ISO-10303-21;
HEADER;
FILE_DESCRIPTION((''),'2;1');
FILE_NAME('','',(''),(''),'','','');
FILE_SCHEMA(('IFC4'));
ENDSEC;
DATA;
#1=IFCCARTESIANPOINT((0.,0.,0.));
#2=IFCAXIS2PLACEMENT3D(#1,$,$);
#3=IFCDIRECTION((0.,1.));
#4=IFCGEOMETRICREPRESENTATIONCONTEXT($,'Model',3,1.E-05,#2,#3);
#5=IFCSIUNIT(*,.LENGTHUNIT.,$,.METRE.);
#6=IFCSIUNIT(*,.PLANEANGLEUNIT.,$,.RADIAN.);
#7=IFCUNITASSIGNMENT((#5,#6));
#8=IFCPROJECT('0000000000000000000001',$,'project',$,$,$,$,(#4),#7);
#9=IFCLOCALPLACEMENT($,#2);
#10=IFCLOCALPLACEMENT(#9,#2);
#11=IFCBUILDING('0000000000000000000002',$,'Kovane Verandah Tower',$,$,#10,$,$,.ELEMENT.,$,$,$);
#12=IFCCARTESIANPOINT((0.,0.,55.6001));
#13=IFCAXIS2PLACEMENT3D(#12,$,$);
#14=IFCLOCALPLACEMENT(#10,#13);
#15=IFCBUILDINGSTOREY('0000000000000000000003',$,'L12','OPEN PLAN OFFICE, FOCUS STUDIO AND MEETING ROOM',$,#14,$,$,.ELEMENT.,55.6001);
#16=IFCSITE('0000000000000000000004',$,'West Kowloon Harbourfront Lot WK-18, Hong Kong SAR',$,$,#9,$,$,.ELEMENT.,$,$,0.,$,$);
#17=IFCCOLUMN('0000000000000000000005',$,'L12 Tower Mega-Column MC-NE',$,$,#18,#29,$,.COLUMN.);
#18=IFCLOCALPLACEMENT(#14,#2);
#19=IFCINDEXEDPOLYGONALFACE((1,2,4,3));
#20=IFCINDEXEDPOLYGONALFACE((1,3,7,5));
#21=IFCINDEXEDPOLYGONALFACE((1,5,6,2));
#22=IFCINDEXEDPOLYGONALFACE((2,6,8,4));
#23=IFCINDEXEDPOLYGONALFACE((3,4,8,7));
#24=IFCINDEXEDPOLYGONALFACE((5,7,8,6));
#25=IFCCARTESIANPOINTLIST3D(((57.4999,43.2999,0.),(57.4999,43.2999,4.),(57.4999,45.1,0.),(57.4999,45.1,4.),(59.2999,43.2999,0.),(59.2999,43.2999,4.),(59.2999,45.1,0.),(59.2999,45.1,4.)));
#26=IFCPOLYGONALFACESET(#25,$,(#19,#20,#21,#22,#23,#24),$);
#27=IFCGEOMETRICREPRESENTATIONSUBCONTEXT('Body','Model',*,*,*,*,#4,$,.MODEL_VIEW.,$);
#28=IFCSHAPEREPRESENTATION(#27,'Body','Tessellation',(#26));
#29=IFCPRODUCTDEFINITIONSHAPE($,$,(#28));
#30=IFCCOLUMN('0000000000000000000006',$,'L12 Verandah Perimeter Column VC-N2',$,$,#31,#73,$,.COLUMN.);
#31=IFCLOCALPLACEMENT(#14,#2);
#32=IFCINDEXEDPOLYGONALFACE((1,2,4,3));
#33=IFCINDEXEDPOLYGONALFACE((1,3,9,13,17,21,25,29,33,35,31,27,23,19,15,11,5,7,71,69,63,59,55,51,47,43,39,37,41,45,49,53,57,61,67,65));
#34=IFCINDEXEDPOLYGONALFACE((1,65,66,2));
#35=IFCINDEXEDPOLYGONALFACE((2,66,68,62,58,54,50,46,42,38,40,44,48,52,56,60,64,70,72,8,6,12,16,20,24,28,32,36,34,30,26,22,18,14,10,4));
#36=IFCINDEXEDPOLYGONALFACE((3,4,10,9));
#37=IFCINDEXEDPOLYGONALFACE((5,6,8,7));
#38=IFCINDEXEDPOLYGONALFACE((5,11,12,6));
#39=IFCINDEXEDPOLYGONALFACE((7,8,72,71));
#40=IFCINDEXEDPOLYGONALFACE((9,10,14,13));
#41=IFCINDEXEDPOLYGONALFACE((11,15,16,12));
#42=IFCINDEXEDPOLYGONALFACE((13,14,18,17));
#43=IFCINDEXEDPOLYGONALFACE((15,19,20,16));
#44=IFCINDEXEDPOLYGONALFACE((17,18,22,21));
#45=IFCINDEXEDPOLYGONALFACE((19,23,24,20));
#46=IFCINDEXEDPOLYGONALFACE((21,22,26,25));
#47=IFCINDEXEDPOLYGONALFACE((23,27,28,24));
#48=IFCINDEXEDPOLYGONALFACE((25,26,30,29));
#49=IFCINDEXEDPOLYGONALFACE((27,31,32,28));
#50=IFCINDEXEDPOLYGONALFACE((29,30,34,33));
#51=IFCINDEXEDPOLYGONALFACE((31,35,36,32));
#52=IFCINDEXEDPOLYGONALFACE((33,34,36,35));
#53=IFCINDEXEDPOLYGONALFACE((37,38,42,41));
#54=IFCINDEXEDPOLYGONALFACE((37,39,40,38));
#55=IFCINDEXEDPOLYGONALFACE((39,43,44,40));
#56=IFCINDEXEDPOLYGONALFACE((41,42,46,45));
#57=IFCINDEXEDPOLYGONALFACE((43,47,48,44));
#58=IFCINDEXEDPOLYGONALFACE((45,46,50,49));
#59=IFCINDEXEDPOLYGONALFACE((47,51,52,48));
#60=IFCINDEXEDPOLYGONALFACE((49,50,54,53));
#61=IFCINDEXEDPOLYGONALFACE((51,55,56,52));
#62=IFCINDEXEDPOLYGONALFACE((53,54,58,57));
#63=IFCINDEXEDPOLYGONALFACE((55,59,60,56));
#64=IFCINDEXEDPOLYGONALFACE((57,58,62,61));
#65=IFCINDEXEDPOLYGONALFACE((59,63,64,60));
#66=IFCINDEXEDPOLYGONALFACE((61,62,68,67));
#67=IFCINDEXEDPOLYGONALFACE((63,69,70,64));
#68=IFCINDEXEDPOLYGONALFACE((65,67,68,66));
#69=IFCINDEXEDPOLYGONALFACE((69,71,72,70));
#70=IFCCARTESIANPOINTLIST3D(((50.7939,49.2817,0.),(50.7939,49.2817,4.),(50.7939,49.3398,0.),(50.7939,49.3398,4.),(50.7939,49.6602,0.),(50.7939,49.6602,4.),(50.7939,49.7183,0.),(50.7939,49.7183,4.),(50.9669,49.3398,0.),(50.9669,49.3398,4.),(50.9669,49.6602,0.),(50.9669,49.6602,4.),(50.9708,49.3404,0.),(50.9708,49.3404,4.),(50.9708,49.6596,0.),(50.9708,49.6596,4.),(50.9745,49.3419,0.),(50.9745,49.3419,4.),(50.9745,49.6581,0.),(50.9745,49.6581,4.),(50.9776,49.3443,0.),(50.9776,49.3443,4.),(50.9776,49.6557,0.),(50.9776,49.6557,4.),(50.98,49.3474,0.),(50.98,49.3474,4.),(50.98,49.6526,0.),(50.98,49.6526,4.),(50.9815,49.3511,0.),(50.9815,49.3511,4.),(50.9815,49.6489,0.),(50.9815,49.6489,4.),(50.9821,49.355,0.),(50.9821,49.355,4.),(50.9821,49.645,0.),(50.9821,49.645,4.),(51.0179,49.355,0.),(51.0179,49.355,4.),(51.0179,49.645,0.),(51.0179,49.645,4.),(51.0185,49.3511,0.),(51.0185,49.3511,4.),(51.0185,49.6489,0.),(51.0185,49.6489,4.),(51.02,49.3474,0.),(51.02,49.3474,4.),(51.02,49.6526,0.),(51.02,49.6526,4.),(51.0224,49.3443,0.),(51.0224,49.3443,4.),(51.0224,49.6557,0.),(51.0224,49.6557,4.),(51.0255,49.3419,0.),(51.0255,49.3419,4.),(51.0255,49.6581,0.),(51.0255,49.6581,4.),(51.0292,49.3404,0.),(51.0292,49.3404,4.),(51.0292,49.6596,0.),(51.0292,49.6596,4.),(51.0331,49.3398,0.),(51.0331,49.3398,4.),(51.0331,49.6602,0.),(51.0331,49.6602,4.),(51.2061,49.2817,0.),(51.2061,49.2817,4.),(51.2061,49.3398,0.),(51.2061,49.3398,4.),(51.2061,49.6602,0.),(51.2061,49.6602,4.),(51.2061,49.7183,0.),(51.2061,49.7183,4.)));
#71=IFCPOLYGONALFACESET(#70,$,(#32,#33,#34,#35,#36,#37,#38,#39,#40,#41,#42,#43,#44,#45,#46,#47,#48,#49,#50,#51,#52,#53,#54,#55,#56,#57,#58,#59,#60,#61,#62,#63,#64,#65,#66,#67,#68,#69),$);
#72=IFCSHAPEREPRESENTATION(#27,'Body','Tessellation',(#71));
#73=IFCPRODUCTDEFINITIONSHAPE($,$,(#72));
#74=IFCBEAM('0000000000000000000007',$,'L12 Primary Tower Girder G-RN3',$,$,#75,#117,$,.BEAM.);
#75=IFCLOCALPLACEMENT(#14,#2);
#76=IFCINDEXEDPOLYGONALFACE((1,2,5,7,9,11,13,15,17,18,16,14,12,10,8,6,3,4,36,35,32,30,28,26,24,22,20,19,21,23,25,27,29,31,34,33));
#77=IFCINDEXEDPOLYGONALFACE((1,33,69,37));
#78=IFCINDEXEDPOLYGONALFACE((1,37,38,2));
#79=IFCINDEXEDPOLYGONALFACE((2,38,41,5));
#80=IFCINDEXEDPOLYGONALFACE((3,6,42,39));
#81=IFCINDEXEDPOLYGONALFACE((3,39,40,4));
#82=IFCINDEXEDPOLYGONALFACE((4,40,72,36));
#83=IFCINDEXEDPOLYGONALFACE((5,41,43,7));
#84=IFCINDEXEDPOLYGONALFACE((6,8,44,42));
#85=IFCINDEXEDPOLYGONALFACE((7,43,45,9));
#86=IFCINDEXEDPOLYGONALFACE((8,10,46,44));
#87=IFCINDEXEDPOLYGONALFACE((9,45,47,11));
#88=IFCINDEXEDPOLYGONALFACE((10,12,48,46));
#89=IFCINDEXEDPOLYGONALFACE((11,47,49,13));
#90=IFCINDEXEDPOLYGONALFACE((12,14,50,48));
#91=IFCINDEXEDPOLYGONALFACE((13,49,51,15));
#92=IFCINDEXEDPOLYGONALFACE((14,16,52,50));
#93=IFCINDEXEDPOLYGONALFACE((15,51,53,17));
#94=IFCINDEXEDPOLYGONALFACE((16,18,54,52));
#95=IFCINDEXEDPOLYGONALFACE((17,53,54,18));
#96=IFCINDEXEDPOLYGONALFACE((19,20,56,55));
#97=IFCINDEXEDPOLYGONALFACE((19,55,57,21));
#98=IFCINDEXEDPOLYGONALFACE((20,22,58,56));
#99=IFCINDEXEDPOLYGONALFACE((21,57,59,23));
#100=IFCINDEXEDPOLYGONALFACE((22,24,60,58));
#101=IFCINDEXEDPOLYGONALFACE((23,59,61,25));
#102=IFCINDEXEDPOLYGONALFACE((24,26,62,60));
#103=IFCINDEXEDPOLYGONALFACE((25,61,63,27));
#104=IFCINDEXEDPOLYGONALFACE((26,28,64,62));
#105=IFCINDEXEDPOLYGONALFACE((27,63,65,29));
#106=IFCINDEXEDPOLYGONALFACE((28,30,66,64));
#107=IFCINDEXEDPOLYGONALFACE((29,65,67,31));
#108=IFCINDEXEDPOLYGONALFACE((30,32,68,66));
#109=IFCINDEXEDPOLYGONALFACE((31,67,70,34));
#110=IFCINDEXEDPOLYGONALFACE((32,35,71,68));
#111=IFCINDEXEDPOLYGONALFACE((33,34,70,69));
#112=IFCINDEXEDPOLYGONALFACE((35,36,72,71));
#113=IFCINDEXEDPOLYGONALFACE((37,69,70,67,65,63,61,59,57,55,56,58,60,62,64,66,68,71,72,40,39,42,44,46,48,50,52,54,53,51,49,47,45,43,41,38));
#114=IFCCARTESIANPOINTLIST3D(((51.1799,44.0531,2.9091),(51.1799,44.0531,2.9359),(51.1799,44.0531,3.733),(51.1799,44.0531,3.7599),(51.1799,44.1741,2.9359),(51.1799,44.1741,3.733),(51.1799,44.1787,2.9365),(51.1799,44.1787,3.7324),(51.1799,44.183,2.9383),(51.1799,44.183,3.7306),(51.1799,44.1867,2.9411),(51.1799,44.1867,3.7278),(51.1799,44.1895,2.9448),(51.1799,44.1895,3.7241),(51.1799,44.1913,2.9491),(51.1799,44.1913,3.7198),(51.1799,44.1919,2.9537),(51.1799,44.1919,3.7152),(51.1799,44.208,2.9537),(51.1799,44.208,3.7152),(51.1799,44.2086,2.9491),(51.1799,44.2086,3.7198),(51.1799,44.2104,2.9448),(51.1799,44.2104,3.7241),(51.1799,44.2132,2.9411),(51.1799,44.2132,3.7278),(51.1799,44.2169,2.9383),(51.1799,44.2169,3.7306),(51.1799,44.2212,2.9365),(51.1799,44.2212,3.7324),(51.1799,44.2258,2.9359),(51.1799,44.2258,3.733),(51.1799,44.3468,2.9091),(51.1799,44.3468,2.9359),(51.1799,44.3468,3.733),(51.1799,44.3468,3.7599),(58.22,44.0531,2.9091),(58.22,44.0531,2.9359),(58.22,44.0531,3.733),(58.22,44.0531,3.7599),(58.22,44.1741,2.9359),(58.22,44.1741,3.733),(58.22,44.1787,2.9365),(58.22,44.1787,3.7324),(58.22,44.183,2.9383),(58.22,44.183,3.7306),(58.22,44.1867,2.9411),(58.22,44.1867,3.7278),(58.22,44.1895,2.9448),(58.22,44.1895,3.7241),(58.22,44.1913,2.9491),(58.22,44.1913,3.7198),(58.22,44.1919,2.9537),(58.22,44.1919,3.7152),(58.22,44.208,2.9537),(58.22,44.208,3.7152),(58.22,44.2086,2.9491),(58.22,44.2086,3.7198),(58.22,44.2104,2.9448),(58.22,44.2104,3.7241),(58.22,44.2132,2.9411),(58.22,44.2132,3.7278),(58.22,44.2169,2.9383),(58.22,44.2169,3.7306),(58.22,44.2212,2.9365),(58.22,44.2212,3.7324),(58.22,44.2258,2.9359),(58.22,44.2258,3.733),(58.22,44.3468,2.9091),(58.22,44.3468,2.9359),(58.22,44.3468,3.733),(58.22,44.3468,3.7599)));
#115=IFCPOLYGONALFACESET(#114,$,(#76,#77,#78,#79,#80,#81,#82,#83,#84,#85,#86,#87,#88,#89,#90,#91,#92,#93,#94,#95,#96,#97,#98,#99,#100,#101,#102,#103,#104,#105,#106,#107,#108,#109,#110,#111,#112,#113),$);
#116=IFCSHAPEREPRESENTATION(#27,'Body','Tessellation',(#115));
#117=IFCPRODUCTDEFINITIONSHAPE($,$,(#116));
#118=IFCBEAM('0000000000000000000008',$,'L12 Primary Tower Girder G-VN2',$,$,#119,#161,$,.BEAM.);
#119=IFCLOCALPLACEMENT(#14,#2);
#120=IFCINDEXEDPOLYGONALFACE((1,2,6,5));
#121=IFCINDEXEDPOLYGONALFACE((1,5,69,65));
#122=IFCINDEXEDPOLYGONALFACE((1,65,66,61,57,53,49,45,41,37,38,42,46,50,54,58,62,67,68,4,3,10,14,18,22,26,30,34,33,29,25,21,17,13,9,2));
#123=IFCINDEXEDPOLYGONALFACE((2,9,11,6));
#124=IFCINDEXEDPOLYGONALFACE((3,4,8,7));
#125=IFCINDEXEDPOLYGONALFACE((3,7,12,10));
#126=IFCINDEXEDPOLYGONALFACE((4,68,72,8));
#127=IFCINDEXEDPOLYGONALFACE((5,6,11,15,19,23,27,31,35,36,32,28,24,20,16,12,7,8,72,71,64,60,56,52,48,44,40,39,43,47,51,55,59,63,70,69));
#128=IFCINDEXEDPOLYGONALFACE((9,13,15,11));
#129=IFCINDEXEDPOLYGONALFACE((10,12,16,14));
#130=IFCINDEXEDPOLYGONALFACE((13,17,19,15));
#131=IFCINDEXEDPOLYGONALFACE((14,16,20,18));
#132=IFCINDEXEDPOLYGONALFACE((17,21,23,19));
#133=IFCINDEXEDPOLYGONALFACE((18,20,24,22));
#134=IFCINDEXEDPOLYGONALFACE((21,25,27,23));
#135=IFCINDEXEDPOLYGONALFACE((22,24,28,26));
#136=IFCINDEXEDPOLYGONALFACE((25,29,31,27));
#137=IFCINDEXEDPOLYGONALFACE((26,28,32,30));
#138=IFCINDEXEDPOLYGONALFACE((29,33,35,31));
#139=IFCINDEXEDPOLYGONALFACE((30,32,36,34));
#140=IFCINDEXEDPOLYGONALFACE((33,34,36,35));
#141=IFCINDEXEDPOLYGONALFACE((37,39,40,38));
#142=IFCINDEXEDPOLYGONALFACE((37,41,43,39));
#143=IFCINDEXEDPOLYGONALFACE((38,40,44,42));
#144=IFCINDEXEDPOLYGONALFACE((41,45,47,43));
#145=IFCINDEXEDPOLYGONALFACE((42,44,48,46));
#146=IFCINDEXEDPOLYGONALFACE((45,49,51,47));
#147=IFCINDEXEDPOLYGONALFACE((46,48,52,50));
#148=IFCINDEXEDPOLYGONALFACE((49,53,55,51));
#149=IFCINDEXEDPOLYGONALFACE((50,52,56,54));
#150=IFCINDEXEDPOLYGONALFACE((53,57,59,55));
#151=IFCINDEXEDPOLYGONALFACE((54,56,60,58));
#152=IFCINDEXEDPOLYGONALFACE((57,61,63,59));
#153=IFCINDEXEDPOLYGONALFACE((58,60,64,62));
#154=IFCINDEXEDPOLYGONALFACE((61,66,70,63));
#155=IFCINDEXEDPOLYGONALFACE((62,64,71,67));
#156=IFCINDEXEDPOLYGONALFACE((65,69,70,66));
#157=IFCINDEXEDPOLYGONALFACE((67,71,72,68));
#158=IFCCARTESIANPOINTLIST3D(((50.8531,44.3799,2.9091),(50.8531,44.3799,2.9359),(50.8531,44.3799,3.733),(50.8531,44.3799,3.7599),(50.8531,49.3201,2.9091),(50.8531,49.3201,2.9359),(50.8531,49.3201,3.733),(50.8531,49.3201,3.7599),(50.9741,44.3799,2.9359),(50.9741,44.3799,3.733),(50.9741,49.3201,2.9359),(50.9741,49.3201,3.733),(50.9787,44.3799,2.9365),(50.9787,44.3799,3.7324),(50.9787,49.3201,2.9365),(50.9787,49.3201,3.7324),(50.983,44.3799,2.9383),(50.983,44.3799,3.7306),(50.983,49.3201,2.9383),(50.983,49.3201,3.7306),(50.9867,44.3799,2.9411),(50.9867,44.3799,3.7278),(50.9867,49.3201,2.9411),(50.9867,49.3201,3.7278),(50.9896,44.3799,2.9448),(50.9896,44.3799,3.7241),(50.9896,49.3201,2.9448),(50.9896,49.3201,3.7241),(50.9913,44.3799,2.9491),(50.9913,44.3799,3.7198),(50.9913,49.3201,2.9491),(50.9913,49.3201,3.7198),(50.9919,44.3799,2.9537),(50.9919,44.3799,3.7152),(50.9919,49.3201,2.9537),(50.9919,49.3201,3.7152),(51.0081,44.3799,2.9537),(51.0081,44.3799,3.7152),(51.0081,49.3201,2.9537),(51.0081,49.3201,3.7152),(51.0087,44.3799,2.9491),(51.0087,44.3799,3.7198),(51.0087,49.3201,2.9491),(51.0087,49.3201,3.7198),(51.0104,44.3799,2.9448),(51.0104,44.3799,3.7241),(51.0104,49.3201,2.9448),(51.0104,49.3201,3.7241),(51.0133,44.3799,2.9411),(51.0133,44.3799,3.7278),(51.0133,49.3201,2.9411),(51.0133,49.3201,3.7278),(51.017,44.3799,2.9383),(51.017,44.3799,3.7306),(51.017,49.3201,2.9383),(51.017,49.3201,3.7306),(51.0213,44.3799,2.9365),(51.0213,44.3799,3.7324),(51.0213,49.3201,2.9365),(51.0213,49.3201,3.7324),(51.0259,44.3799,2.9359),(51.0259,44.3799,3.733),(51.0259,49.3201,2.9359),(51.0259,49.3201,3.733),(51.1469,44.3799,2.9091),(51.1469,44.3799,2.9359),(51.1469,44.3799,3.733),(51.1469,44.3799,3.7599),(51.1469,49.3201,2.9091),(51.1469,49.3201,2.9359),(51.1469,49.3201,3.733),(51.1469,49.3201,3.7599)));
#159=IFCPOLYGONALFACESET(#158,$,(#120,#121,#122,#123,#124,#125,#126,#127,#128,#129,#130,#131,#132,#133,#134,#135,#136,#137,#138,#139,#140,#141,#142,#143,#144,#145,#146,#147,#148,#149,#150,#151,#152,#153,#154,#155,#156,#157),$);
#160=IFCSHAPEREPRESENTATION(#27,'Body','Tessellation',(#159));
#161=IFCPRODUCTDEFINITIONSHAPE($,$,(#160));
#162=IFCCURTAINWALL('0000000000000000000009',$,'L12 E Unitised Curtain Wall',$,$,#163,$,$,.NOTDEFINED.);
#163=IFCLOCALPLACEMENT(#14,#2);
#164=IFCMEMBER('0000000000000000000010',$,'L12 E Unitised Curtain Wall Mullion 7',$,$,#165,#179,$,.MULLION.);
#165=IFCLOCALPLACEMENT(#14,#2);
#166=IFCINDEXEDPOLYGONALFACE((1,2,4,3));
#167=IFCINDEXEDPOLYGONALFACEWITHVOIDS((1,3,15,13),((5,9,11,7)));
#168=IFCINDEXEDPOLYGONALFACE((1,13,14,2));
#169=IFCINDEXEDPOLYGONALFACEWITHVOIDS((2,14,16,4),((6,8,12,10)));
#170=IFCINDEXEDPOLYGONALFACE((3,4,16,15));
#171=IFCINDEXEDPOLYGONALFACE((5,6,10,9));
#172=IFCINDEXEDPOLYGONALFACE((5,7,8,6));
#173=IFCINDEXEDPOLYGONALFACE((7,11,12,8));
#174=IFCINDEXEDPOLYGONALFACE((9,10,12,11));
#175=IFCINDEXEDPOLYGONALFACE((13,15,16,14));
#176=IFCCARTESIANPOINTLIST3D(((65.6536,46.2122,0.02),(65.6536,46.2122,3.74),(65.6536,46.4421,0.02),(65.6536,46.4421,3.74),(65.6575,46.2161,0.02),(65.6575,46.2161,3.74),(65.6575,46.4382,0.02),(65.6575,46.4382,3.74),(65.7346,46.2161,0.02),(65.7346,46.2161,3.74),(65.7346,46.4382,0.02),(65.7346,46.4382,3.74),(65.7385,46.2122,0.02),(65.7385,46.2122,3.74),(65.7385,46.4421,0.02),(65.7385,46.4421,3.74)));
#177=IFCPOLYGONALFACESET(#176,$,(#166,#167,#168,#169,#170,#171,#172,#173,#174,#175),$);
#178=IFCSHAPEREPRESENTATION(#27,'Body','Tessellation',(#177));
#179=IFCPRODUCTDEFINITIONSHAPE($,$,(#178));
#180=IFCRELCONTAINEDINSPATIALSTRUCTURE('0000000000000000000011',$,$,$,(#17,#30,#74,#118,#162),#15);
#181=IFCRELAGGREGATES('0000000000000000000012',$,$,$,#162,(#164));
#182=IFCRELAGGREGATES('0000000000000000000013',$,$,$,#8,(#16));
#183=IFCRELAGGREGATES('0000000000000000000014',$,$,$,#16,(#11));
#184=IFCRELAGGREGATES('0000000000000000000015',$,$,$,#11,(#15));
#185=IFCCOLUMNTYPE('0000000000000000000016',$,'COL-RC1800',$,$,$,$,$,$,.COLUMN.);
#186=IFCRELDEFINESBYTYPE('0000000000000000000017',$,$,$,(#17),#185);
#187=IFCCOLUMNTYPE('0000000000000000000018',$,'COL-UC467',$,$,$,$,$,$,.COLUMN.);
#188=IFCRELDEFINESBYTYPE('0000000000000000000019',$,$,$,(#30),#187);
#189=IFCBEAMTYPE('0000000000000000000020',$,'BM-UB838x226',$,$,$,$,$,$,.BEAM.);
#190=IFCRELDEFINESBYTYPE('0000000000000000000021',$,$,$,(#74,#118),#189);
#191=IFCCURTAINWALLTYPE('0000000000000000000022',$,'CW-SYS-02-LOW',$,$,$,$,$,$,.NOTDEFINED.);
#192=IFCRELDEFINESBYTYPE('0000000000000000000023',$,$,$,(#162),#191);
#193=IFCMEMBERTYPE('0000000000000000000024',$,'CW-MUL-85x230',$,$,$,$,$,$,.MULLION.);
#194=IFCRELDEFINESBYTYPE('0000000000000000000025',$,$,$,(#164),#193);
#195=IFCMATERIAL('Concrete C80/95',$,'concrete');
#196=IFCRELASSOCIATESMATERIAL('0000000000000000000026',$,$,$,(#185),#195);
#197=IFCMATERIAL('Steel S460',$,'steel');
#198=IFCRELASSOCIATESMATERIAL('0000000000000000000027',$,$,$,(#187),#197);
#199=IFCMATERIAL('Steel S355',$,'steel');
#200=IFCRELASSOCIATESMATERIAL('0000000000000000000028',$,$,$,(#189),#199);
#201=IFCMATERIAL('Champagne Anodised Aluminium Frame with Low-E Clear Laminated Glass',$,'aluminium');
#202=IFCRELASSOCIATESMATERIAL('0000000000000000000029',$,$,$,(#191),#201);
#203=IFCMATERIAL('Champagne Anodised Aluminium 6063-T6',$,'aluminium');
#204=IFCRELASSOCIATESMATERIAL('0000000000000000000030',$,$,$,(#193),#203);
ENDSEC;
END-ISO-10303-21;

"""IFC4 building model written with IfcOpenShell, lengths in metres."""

from ifc_helpers import new_model, si_unit, direction, frame, origin, origin_2d, place, context, subcontext, project, spatial, rectangle, hollow_rectangle, i_section, extrude, material, material_profile, profile_set, type_object, element, aggregate, save


model = new_model("IFC4")

# Units and contexts
model_context = context("Model", 3, precision=1e-05, world=origin(), true_north=direction((0.0, 1.0)))
body_context = subcontext(model_context, "Body", "Model", "MODEL_VIEW")
ifc_project = project(units=[si_unit("LENGTHUNIT", "METRE"), si_unit("PLANEANGLEUNIT", "RADIAN")], contexts=[model_context])

# Site, building, storey
site_placement = place(None, origin())
site = spatial("IfcSite", under=ifc_project, at=site_placement, Name="West Kowloon Harbourfront Lot WK-18, Hong Kong SAR", CompositionType="ELEMENT", RefElevation=0.0)
building_placement = place(site_placement, origin())
building = spatial("IfcBuilding", under=site, at=building_placement, Name="Kovane Verandah Tower", CompositionType="ELEMENT")
storey_placement = place(building_placement, frame((0.0, 0.0, 55.6001)))
storey = spatial("IfcBuildingStorey", under=building, at=storey_placement, Name="L12", Description="OPEN PLAN OFFICE, FOCUS STUDIO AND MEETING ROOM", CompositionType="ELEMENT", Elevation=55.6001)

# Columns
ifc_material_1 = material(Name="Concrete C80/95", Category="concrete")
ifc_material_profile_1 = material_profile(ifc_material_1, rectangle(XDim=1.8, YDim=1.8, at=origin_2d()), Name="RC1800x1800")
ifc_profile_set_1 = profile_set([ifc_material_profile_1], Name="Concrete C80/95")
column_type_1 = type_object("IfcColumnType", Name="COL-RC1800", PredefinedType="COLUMN", material=ifc_profile_set_1)
column_1_placement = place(storey_placement, frame((58.3999, 44.2, 0.0), z_axis=(0.0, 0.0, 1.0), x_axis=(1.0, 0.0, 0.0)))
element("IfcColumn", 1, at=column_1_placement, inside=storey, type_object=column_type_1, Name="L12 Tower Mega-Column MC-NE", PredefinedType="COLUMN", context=body_context, shape_type="SweptSolid", body=[
    extrude(rectangle(XDim=1.8, YDim=1.8, at=origin_2d()), origin(), (0.0, 0.0, 1.0), 4.0),
])
ifc_material_2 = material(Name="Steel S460", Category="steel")
ifc_material_profile_2 = material_profile(ifc_material_2, i_section(OverallWidth=0.4121, OverallDepth=0.4365, WebThickness=0.0359, FlangeThickness=0.0581, FilletRadius=0.0151, at=origin_2d()), Name="UC356x406x467")
ifc_profile_set_2 = profile_set([ifc_material_profile_2], Name="Steel S460")
column_type_2 = type_object("IfcColumnType", Name="COL-UC467", PredefinedType="COLUMN", material=ifc_profile_set_2)
column_2_placement = place(storey_placement, frame((51.0, 49.5, 0.0), z_axis=(0.0, 0.0, 1.0), x_axis=(1.0, 0.0, 0.0)))
element("IfcColumn", 2, at=column_2_placement, inside=storey, type_object=column_type_2, Name="L12 Verandah Perimeter Column VC-N2", PredefinedType="COLUMN", context=body_context, shape_type="SweptSolid", body=[
    extrude(i_section(OverallWidth=0.4121, OverallDepth=0.4365, WebThickness=0.0359, FlangeThickness=0.0581, FilletRadius=0.0151, at=origin_2d()), origin(), (0.0, 0.0, 1.0), 4.0),
])

# Beams
ifc_material_3 = material(Name="Steel S355", Category="steel")
ifc_material_profile_3 = material_profile(ifc_material_3, i_section(OverallWidth=0.2937, OverallDepth=0.8508, WebThickness=0.0161, FlangeThickness=0.0269, FilletRadius=0.0178, at=origin_2d()), Name="UB838x292x226")
ifc_profile_set_3 = profile_set([ifc_material_profile_3], Name="Steel S355")
beam_type = type_object("IfcBeamType", Name="BM-UB838x226", PredefinedType="BEAM", material=ifc_profile_set_3)
beam_1_placement = place(storey_placement, frame((51.1799, 44.2, 3.3345), z_axis=(1.0, 0.0, 0.0), x_axis=(0.0, 1.0, 0.0)))
element("IfcBeam", 3, at=beam_1_placement, inside=storey, type_object=beam_type, Name="L12 Primary Tower Girder G-RN3", PredefinedType="BEAM", context=body_context, shape_type="SweptSolid", body=[
    extrude(i_section(OverallWidth=0.2937, OverallDepth=0.8508, WebThickness=0.0161, FlangeThickness=0.0269, FilletRadius=0.0178, at=origin_2d()), origin(), (0.0, 0.0, 1.0), 7.04),
])
beam_2_placement = place(storey_placement, frame((51.0, 44.3799, 3.3345), z_axis=(0.0, 1.0, 0.0), x_axis=(-1.0, 0.0, 0.0)))
element("IfcBeam", 4, at=beam_2_placement, inside=storey, type_object=beam_type, Name="L12 Primary Tower Girder G-VN2", PredefinedType="BEAM", context=body_context, shape_type="SweptSolid", body=[
    extrude(i_section(OverallWidth=0.2937, OverallDepth=0.8508, WebThickness=0.0161, FlangeThickness=0.0269, FilletRadius=0.0178, at=origin_2d()), origin(), (0.0, 0.0, 1.0), 4.9402),
])

# Curtain wall, member
ifc_material_4 = material(Name="Champagne Anodised Aluminium Frame with Low-E Clear Laminated Glass", Category="aluminium")
curtain_wall_type = type_object("IfcCurtainWallType", Name="CW-SYS-02-LOW", PredefinedType="NOTDEFINED", material=ifc_material_4)
curtain_wall_1_placement = place(storey_placement, origin())
curtain_wall_1 = element("IfcCurtainWall", 5, at=curtain_wall_1_placement, inside=storey, type_object=curtain_wall_type, Name="L12 E Unitised Curtain Wall", PredefinedType="NOTDEFINED")
ifc_material_5 = material(Name="Champagne Anodised Aluminium 6063-T6", Category="aluminium")
ifc_material_profile_4 = material_profile(ifc_material_5, hollow_rectangle(XDim=0.085, YDim=0.23, WallThickness=0.0039, at=origin_2d()), Name="AL85x230x4")
ifc_profile_set_4 = profile_set([ifc_material_profile_4], Name="Champagne Anodised Aluminium 6063-T6")
member_type_1 = type_object("IfcMemberType", Name="CW-MUL-85x230", PredefinedType="MULLION", material=ifc_profile_set_4)
member_1_placement = place(storey_placement, frame((65.696, 46.3271, 0.02), z_axis=(0.0, 0.0, 1.0), x_axis=(1.0, 0.0, 0.0)))
member_1 = element("IfcMember", 6, at=member_1_placement, type_object=member_type_1, Name="L12 E Unitised Curtain Wall Mullion 7", PredefinedType="MULLION", context=body_context, shape_type="SweptSolid", body=[
    extrude(hollow_rectangle(XDim=0.085, YDim=0.23, WallThickness=0.0039, at=origin_2d()), origin(), (0.0, 0.0, 1.0), 3.72),
])
aggregate(curtain_wall_1, [member_1])

save(model, "model.ifc")
